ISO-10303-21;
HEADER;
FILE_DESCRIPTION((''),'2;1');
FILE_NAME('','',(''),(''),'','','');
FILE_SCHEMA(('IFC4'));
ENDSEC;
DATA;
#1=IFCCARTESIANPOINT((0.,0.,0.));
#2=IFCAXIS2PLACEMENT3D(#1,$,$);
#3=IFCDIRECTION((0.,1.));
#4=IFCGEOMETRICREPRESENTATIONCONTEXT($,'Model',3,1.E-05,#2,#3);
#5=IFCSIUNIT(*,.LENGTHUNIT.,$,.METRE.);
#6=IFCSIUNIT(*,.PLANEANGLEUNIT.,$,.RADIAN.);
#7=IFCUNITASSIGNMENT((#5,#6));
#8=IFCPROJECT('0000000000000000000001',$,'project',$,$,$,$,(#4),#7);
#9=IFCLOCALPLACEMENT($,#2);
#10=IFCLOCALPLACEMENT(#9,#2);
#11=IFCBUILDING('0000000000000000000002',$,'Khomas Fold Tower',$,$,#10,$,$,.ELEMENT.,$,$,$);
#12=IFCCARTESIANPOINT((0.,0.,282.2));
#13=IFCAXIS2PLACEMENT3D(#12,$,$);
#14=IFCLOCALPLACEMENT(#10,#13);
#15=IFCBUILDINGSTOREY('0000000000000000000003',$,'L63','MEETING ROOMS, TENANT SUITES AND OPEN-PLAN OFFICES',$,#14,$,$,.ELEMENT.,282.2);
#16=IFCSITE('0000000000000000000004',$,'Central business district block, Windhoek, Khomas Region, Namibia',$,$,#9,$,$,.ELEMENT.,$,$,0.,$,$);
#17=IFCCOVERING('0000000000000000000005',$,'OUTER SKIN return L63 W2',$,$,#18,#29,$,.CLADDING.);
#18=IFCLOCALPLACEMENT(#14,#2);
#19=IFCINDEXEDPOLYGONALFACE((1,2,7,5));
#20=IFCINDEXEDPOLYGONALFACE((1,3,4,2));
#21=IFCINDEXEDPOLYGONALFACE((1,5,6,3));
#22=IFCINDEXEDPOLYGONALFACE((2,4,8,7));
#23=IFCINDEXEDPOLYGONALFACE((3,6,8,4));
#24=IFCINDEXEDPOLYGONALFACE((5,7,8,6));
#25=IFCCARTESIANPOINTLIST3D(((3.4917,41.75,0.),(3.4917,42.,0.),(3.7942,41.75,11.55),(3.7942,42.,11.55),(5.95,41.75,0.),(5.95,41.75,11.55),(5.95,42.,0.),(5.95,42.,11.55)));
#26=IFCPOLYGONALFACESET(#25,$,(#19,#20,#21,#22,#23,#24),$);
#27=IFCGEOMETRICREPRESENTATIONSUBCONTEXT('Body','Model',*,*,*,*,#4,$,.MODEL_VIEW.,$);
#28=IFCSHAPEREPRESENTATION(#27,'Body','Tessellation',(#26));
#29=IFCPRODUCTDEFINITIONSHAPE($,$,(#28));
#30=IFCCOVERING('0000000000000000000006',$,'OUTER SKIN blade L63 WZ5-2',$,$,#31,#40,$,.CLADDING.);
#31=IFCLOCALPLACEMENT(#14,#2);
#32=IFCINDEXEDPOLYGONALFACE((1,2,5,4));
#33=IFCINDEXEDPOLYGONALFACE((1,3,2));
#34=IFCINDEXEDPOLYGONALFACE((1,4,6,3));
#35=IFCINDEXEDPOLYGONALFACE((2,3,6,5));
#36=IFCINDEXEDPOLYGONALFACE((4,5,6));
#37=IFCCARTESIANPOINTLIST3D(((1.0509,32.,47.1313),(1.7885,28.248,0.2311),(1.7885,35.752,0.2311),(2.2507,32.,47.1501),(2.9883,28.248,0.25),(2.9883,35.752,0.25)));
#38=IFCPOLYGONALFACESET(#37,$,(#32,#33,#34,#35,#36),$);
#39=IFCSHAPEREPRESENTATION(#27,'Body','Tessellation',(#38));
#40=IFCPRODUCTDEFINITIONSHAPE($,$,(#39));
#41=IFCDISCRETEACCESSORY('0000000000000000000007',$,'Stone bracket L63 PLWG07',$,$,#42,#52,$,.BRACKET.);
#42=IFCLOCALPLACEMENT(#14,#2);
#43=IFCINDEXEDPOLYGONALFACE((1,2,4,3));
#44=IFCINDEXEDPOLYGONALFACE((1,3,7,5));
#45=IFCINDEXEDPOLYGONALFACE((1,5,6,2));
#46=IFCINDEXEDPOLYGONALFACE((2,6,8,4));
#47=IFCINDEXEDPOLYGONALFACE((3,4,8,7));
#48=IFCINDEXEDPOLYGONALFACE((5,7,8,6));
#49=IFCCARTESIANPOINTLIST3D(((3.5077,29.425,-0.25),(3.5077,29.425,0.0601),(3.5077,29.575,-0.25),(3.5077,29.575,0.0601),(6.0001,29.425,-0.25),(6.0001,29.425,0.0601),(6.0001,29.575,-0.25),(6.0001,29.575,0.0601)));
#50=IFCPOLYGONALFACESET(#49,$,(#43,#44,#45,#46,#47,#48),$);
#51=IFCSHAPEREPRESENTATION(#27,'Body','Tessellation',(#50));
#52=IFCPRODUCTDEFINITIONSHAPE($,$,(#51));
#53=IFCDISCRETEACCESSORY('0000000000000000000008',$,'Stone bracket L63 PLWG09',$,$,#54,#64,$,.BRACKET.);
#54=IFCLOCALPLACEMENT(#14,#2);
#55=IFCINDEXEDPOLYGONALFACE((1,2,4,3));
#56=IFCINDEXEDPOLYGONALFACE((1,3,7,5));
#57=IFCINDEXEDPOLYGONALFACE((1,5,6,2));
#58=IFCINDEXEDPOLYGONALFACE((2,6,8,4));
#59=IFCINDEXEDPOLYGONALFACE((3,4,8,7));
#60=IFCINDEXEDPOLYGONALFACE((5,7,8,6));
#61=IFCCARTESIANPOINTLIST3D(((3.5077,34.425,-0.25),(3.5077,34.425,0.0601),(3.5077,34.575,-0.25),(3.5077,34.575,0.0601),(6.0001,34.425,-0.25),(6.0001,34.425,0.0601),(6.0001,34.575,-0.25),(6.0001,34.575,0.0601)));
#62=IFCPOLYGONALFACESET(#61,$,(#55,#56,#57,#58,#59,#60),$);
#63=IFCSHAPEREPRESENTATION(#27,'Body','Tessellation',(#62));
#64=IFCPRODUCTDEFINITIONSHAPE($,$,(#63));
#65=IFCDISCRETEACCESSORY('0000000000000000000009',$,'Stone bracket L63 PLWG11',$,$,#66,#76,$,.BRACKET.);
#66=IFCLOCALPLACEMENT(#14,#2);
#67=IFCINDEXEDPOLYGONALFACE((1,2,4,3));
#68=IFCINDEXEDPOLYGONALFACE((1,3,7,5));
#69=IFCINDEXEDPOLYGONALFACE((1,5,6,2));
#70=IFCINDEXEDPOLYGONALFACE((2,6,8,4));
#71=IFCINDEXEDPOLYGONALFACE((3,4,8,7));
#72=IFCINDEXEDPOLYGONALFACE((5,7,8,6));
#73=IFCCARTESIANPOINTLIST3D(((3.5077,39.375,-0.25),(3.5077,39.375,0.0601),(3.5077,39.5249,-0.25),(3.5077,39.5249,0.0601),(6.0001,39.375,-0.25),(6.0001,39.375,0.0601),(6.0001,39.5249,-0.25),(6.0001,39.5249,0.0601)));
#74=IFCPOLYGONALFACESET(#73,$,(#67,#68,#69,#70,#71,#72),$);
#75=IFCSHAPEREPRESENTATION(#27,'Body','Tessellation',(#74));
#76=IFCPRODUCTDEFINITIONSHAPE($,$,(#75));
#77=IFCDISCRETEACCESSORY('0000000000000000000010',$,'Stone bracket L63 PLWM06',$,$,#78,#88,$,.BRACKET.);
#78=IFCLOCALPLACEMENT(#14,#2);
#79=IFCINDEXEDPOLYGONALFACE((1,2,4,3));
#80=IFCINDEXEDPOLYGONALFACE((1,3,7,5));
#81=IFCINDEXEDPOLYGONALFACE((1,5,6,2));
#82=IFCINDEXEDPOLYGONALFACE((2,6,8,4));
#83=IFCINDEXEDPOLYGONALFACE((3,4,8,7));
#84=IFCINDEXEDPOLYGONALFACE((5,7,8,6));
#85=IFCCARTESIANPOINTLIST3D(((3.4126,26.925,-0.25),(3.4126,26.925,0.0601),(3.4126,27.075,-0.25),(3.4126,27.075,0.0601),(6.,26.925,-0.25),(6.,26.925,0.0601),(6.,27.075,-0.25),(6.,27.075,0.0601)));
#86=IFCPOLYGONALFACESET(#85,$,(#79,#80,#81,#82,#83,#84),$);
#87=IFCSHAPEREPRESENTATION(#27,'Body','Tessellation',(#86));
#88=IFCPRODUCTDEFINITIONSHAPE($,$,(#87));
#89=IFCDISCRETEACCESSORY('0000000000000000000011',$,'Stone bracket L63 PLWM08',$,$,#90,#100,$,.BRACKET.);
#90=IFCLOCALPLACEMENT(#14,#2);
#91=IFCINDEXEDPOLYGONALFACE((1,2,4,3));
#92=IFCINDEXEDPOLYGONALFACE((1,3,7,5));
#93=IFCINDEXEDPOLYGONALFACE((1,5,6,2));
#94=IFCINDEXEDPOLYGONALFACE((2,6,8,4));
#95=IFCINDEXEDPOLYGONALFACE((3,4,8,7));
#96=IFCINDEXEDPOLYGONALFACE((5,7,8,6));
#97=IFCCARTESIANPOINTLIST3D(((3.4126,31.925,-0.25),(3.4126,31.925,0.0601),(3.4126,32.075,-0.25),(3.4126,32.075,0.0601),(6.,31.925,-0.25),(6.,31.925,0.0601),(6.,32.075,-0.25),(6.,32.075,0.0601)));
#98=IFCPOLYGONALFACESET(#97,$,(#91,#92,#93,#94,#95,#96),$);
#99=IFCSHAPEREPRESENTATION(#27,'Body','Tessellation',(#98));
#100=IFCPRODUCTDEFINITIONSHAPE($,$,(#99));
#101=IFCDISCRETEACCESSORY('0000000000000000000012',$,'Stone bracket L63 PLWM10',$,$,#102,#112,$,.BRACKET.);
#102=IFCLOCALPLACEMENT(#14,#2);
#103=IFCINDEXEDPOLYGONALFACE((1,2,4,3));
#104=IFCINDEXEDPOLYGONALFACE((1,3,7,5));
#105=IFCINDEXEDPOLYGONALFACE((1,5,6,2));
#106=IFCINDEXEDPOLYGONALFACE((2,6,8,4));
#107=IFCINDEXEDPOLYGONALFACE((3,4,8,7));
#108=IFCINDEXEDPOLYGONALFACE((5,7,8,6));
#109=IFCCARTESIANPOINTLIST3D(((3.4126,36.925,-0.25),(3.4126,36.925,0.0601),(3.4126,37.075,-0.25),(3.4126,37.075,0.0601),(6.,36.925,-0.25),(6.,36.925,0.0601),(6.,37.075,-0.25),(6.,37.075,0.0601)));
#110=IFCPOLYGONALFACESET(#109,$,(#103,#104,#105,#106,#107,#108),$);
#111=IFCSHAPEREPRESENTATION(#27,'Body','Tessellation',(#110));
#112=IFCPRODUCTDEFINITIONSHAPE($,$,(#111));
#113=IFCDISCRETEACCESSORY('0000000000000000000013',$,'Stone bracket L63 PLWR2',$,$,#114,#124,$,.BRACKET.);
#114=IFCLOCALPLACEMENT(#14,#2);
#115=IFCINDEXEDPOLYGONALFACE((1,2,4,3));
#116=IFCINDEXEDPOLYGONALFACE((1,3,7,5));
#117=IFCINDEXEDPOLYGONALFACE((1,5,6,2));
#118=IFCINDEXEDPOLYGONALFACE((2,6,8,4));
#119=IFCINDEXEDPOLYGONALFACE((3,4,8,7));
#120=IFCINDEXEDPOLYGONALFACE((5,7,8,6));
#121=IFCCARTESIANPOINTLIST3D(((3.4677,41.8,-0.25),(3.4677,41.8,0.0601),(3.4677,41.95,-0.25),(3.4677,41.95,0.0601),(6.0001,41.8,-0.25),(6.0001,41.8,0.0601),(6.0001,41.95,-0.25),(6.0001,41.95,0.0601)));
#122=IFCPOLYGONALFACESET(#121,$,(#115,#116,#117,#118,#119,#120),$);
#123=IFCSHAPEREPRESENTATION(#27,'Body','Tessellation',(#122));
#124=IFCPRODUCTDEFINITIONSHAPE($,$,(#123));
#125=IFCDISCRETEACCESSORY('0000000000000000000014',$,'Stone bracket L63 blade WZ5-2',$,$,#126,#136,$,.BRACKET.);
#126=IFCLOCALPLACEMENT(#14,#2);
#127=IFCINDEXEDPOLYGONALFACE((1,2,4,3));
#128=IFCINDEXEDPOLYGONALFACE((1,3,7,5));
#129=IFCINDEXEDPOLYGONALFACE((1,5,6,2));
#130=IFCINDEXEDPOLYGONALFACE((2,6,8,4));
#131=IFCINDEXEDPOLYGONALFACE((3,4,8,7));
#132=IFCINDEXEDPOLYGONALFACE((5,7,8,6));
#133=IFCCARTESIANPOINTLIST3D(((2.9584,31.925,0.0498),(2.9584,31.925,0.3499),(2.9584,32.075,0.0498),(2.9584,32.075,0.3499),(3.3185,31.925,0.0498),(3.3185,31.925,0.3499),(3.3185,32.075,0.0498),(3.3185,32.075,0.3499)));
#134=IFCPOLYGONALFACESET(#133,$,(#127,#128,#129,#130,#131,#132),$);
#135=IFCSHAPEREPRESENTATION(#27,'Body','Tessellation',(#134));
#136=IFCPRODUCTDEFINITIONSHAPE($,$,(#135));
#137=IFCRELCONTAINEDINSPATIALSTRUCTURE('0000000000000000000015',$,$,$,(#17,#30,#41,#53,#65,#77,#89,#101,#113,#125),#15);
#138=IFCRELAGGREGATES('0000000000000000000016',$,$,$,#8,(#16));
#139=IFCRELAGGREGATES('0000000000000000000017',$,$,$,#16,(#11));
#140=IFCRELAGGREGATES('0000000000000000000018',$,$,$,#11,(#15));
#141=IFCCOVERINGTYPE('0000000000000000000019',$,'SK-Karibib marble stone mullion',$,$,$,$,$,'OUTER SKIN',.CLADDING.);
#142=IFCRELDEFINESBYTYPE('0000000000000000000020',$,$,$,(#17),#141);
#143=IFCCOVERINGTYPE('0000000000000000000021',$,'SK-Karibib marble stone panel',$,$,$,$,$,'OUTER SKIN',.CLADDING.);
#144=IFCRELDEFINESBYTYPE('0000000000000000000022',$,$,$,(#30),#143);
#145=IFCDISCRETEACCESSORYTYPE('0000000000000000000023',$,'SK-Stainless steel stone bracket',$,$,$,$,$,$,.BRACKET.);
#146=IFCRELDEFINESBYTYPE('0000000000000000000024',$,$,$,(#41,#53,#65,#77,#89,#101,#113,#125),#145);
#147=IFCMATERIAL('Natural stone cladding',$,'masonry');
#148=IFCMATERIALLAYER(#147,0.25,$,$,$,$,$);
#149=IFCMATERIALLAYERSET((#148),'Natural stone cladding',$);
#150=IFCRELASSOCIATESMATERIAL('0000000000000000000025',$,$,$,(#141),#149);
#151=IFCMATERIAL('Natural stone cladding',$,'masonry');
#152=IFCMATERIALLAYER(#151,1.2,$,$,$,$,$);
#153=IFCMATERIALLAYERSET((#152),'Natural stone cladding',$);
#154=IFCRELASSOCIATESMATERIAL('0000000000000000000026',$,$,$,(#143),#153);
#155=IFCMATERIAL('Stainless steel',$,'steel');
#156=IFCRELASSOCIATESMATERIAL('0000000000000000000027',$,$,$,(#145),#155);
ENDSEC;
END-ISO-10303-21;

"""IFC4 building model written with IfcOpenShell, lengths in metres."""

from ifc_helpers import new_model, si_unit, direction, frame, origin, origin_2d, place, context, subcontext, project, spatial, polyline, rectangle, outline, extrude, source, transform, mapped, material, layer, layer_set, type_object, element, save


model = new_model("IFC4")

# Units and contexts
model_context = context("Model", 3, precision=1e-05, world=origin(), true_north=direction((0.0, 1.0)))
body_context = subcontext(model_context, "Body", "Model", "MODEL_VIEW")
ifc_project = project(units=[si_unit("LENGTHUNIT", "METRE"), si_unit("PLANEANGLEUNIT", "RADIAN")], contexts=[model_context])

# Site, building, storey
site_placement = place(None, origin())
site = spatial("IfcSite", under=ifc_project, at=site_placement, Name="Central business district block, Windhoek, Khomas Region, Namibia", CompositionType="ELEMENT", RefElevation=0.0)
building_placement = place(site_placement, origin())
building = spatial("IfcBuilding", under=site, at=building_placement, Name="Khomas Fold Tower", CompositionType="ELEMENT")
storey_placement = place(building_placement, frame((0.0, 0.0, 282.2)))
storey = spatial("IfcBuildingStorey", under=building, at=storey_placement, Name="L63", Description="MEETING ROOMS, TENANT SUITES AND OPEN-PLAN OFFICES", CompositionType="ELEMENT", Elevation=282.2)

# Coverings
ifc_material_1 = material(Name="Natural stone cladding", Category="masonry")
ifc_layer_1 = layer(ifc_material_1, 0.25)
ifc_layer_set_1 = layer_set([ifc_layer_1], Name="Natural stone cladding")
covering_type_1 = type_object("IfcCoveringType", Name="SK-Karibib marble stone mullion", ElementType="OUTER SKIN", PredefinedType="CLADDING", material=ifc_layer_set_1)
covering_1_placement = place(storey_placement, frame((5.95, 42.0, 0.0), z_axis=(0.0, 1.0, 0.0), x_axis=(-1.0, 0.0, 0.0)))
element("IfcCovering", 1, at=covering_1_placement, inside=storey, type_object=covering_type_1, Name="OUTER SKIN return L63 W2", PredefinedType="CLADDING", context=body_context, shape_type="SweptSolid", body=[
    extrude(outline(polyline([(0.0, 0.0), (2.4583, 0.0), (2.1558, 11.55), (0.0, 11.55), (0.0, 0.0)])), origin(), (0.0, 0.0, -1.0), 0.25),
])
ifc_material_2 = material(Name="Natural stone cladding", Category="masonry")
ifc_layer_2 = layer(ifc_material_2, 1.2)
ifc_layer_set_2 = layer_set([ifc_layer_2], Name="Natural stone cladding")
covering_type_2 = type_object("IfcCoveringType", Name="SK-Karibib marble stone panel", ElementType="OUTER SKIN", PredefinedType="CLADDING", material=ifc_layer_set_2)
covering_2_placement = place(storey_placement, frame((2.9883, 28.248, 0.25), z_axis=(0.999876, 0.0, 0.015724), x_axis=(0.0, 1.0, 0.0)))
element("IfcCovering", 2, at=covering_2_placement, inside=storey, type_object=covering_type_2, Name="OUTER SKIN blade L63 WZ5-2", PredefinedType="CLADDING", context=body_context, shape_type="SweptSolid", body=[
    extrude(outline(polyline([(0.0, 0.0), (7.5039, 0.0), (3.752, 46.9059), (0.0, 0.0)])), origin(), (0.0, 0.0, -1.0), 1.2),
])

# Discrete accessories
ifc_material_3 = material(Name="Stainless steel", Category="steel")
discrete_accessory_type = type_object("IfcDiscreteAccessoryType", Name="SK-Stainless steel stone bracket", PredefinedType="BRACKET", material=ifc_material_3)
shared_shape_1 = source(origin(), body_context, "Body", "SweptSolid", [
    extrude(rectangle(XDim=2.4924, YDim=0.1499, at=origin_2d()), origin(), (0.0, 0.0, 1.0), 0.3101),
])
for number, where, z_axis, x_axis, name in (
    (3, (4.7539, 29.5, -0.25), (0.0, 0.0, 1.0), (-1.0, 0.0, 0.0), "Stone bracket L63 PLWG07"),
    (4, (4.7539, 34.5, -0.25), (0.0, 0.0, 1.0), (-1.0, 0.0, 0.0), "Stone bracket L63 PLWG09"),
    (5, (4.7539, 39.45, -0.25), (0.0, 0.0, 1.0), (-1.0, 0.0, 0.0), "Stone bracket L63 PLWG11"),
):
    element("IfcDiscreteAccessory", number, at=place(storey_placement, frame(where, z_axis=z_axis, x_axis=x_axis)), inside=storey, type_object=discrete_accessory_type, Name=name, PredefinedType="BRACKET", context=body_context, shape_type="MappedRepresentation", body=[
        mapped(shared_shape_1, transform((0.0, 0.0, 0.0))),
    ])
shared_shape_2 = source(origin(), body_context, "Body", "SweptSolid", [
    extrude(rectangle(XDim=2.5874, YDim=0.1499, at=origin_2d()), origin(), (0.0, 0.0, 1.0), 0.3101),
])
for number, where, z_axis, x_axis, name in (
    (6, (4.7063, 27.0, -0.25), (0.0, 0.0, 1.0), (-1.0, 0.0, 0.0), "Stone bracket L63 PLWM06"),
    (7, (4.7063, 32.0, -0.25), (0.0, 0.0, 1.0), (-1.0, 0.0, 0.0), "Stone bracket L63 PLWM08"),
    (8, (4.7063, 37.0, -0.25), (0.0, 0.0, 1.0), (-1.0, 0.0, 0.0), "Stone bracket L63 PLWM10"),
):
    element("IfcDiscreteAccessory", number, at=place(storey_placement, frame(where, z_axis=z_axis, x_axis=x_axis)), inside=storey, type_object=discrete_accessory_type, Name=name, PredefinedType="BRACKET", context=body_context, shape_type="MappedRepresentation", body=[
        mapped(shared_shape_2, transform((0.0, 0.0, 0.0))),
    ])
shared_shape_3 = source(origin(), body_context, "Body", "SweptSolid", [
    extrude(rectangle(XDim=2.5325, YDim=0.1499, at=origin_2d()), origin(), (0.0, 0.0, 1.0), 0.3101),
])
discrete_accessory_1_placement = place(storey_placement, frame((4.7339, 41.875, -0.25), z_axis=(0.0, 0.0, 1.0), x_axis=(-1.0, 0.0, 0.0)))
element("IfcDiscreteAccessory", 9, at=discrete_accessory_1_placement, inside=storey, type_object=discrete_accessory_type, Name="Stone bracket L63 PLWR2", PredefinedType="BRACKET", context=body_context, shape_type="MappedRepresentation", body=[
    mapped(shared_shape_3, transform((0.0, 0.0, 0.0))),
])
shared_shape_4 = source(origin(), body_context, "Body", "SweptSolid", [
    extrude(rectangle(XDim=0.3601, YDim=0.1499, at=origin_2d()), origin(), (0.0, 0.0, 1.0), 0.3),
])
discrete_accessory_2_placement = place(storey_placement, frame((3.1384, 32.0, 0.0498), z_axis=(0.0, 0.0, 1.0), x_axis=(-1.0, 0.0, 0.0)))
element("IfcDiscreteAccessory", 10, at=discrete_accessory_2_placement, inside=storey, type_object=discrete_accessory_type, Name="Stone bracket L63 blade WZ5-2", PredefinedType="BRACKET", context=body_context, shape_type="MappedRepresentation", body=[
    mapped(shared_shape_4, transform((0.0, 0.0, 0.0))),
])

save(model, "model.ifc")
